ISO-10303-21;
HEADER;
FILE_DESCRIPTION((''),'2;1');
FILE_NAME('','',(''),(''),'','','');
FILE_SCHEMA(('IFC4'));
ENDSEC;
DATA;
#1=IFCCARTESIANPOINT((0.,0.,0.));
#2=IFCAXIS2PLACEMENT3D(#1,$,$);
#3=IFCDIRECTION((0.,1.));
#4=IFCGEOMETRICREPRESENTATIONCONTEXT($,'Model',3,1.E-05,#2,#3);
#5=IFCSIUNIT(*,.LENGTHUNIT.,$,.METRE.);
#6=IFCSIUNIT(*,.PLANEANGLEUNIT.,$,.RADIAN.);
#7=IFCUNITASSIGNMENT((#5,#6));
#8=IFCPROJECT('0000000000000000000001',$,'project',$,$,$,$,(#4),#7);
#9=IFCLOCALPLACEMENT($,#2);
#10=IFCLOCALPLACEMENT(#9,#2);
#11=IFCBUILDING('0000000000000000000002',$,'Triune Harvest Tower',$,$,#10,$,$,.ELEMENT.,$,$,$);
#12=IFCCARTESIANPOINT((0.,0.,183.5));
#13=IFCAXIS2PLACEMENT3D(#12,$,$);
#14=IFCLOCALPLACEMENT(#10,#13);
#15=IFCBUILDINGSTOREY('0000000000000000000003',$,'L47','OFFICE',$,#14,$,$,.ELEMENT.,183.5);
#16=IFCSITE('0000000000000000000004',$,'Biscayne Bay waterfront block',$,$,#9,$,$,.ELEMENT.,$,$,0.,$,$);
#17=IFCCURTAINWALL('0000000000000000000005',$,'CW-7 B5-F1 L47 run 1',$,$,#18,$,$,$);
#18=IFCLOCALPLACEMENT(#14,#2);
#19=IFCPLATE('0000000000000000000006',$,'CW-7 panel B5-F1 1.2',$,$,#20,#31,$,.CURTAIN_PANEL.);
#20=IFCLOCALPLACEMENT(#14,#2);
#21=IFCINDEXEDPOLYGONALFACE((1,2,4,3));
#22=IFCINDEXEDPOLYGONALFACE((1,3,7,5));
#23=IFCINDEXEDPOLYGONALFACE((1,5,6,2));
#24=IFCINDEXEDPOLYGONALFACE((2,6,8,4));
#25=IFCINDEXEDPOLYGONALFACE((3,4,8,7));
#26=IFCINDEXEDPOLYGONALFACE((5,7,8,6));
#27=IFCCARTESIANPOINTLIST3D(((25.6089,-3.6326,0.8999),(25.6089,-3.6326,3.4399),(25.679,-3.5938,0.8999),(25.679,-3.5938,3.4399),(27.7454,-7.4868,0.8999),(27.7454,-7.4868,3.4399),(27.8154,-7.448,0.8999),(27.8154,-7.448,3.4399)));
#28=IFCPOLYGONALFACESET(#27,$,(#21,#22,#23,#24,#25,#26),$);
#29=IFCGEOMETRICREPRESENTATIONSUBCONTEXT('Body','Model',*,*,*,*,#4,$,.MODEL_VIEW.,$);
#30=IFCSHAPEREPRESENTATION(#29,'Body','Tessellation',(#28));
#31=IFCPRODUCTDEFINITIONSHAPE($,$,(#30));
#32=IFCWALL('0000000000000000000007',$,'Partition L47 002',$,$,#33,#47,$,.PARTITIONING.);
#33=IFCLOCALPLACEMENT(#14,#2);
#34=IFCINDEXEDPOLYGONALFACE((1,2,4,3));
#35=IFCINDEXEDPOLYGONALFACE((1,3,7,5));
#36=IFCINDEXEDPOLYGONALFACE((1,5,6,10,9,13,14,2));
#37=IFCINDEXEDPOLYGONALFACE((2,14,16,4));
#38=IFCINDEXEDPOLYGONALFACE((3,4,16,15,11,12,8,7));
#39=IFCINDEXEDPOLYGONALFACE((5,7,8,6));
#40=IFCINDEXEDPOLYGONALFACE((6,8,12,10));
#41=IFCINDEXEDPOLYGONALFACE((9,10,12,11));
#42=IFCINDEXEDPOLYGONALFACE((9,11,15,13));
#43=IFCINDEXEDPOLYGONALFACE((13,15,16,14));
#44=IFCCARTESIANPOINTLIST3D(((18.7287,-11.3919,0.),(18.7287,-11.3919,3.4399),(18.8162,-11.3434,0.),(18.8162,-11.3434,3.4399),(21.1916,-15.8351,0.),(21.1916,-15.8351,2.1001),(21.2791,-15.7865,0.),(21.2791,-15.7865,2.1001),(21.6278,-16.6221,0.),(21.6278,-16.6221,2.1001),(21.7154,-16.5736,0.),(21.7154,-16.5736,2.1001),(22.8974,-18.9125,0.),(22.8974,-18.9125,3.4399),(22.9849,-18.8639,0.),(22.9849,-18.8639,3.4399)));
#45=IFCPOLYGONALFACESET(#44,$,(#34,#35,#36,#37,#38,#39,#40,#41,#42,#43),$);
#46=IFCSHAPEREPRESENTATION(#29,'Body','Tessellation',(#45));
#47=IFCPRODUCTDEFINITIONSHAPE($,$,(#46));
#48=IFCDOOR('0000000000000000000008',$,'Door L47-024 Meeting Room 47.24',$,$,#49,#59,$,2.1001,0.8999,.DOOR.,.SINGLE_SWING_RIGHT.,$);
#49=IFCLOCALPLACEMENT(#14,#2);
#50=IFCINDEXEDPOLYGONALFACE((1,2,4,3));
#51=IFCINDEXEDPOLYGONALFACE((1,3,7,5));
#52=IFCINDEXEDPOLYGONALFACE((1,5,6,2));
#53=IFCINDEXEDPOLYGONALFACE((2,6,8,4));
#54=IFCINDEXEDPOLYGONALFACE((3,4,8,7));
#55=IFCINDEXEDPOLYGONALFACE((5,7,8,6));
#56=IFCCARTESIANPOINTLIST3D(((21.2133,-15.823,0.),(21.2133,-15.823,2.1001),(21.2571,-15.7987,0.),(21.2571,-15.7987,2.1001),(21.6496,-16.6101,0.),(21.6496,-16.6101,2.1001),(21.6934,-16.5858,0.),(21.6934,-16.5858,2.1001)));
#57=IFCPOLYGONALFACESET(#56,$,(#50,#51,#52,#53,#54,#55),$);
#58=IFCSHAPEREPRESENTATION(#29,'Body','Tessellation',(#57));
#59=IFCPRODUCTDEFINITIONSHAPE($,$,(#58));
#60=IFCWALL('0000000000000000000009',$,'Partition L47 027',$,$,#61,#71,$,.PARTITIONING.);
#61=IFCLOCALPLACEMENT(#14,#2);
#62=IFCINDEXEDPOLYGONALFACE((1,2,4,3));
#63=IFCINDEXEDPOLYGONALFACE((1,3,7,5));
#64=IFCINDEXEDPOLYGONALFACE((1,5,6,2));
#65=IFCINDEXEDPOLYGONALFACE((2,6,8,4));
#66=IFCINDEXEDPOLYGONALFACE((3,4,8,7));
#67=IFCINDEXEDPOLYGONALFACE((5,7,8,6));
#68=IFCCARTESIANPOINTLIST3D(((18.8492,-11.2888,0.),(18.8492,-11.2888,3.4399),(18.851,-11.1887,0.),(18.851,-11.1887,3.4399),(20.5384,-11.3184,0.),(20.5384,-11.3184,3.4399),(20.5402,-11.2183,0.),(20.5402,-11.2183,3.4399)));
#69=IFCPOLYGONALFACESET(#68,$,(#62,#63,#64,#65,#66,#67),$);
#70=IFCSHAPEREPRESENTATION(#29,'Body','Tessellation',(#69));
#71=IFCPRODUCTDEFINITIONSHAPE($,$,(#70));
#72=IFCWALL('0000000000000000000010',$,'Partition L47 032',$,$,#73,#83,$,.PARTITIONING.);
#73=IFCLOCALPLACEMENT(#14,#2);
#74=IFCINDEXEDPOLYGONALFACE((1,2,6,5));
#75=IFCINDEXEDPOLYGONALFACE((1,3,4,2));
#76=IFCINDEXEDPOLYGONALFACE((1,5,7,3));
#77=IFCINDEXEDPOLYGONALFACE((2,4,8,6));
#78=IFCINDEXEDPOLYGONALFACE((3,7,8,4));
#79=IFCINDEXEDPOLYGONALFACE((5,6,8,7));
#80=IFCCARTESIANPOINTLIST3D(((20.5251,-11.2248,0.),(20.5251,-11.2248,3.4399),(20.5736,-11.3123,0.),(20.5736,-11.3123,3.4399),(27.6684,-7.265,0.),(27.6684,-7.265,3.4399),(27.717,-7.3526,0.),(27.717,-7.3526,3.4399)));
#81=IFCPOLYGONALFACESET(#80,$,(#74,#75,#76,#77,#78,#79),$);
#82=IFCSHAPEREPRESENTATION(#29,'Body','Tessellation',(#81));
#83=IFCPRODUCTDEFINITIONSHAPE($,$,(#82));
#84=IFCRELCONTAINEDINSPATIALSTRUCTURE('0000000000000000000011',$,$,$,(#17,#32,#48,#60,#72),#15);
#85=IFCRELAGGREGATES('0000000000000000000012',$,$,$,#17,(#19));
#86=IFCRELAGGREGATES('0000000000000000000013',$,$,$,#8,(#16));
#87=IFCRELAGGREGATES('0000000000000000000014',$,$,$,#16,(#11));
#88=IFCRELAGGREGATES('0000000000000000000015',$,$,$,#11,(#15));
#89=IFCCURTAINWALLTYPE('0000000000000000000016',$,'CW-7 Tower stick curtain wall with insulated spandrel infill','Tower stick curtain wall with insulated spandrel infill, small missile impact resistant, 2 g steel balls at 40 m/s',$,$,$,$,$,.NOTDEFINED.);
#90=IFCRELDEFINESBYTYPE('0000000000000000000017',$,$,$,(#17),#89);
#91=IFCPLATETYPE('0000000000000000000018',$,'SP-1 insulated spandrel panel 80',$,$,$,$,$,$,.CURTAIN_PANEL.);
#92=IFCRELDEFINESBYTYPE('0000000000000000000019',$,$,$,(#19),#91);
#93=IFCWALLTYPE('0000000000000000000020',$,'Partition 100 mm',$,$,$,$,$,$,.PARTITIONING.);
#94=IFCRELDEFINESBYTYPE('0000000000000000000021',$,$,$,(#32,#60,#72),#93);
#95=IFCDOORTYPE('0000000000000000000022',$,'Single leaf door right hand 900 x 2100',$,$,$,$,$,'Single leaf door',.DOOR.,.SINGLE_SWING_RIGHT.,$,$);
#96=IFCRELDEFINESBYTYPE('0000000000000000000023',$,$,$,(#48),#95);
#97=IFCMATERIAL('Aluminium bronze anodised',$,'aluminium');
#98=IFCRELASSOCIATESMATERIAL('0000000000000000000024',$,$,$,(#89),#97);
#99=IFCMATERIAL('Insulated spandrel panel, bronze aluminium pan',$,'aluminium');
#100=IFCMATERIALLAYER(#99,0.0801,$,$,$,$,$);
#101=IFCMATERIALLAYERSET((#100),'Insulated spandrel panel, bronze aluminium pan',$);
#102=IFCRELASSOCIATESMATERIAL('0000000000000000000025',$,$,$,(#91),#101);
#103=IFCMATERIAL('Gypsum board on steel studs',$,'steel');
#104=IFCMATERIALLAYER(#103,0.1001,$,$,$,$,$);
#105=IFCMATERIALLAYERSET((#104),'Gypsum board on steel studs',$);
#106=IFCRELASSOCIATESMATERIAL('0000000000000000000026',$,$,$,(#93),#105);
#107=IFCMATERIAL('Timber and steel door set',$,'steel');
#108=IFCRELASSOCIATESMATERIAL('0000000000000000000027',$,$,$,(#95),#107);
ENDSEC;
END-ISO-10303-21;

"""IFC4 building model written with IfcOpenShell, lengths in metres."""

from ifc_helpers import new_model, si_unit, direction, frame, frame_2d, origin, origin_2d, place, context, subcontext, project, spatial, rectangle, extrude, source, transform, mapped, material, layer, layer_set, type_object, element, fill, aggregate, save


model = new_model("IFC4")

# Units and contexts
model_context = context("Model", 3, precision=1e-05, world=origin(), true_north=direction((0.0, 1.0)))
body_context = subcontext(model_context, "Body", "Model", "MODEL_VIEW")
ifc_project = project(units=[si_unit("LENGTHUNIT", "METRE"), si_unit("PLANEANGLEUNIT", "RADIAN")], contexts=[model_context])

# Site, building, storey
site_placement = place(None, origin())
site = spatial("IfcSite", under=ifc_project, at=site_placement, Name="Biscayne Bay waterfront block", CompositionType="ELEMENT", RefElevation=0.0)
building_placement = place(site_placement, origin())
building = spatial("IfcBuilding", under=site, at=building_placement, Name="Triune Harvest Tower", CompositionType="ELEMENT")
storey_placement = place(building_placement, frame((0.0, 0.0, 183.5)))
storey = spatial("IfcBuildingStorey", under=building, at=storey_placement, Name="L47", Description="OFFICE", CompositionType="ELEMENT", Elevation=183.5)

# Curtain wall
ifc_material_1 = material(Name="Aluminium bronze anodised", Category="aluminium")
curtain_wall_type_1 = type_object("IfcCurtainWallType", Name="CW-7 Tower stick curtain wall with insulated spandrel infill", Description="Tower stick curtain wall with insulated spandrel infill, small missile impact resistant, 2 g steel balls at 40 m/s", PredefinedType="NOTDEFINED", material=ifc_material_1)
curtain_wall_1_placement = place(storey_placement, origin())
curtain_wall_1 = element("IfcCurtainWall", 1, at=curtain_wall_1_placement, inside=storey, type_object=curtain_wall_type_1, Name="CW-7 B5-F1 L47 run 1")

# Plate
ifc_material_2 = material(Name="Insulated spandrel panel, bronze aluminium pan", Category="aluminium")
ifc_layer_1 = layer(ifc_material_2, 0.0801)
ifc_layer_set_1 = layer_set([ifc_layer_1], Name="Insulated spandrel panel, bronze aluminium pan")
plate_type_1 = type_object("IfcPlateType", Name="SP-1 insulated spandrel panel 80", PredefinedType="CURTAIN_PANEL", material=ifc_layer_set_1)
shared_shape_1 = source(origin(), body_context, "Body", "SweptSolid", [
    extrude(rectangle(XDim=4.4067, YDim=0.0801, at=origin_2d()), origin(), (0.0, 0.0, 1.0), 2.54),
])
plate_1_placement = place(storey_placement, frame((26.7122, -5.5403, 0.8999), z_axis=(0.0, 0.0, 1.0), x_axis=(-0.484808, 0.87462, 0.0)))
plate_1 = element("IfcPlate", 2, at=plate_1_placement, type_object=plate_type_1, Name="CW-7 panel B5-F1 1.2", PredefinedType="CURTAIN_PANEL", context=body_context, shape_type="MappedRepresentation", body=[
    mapped(shared_shape_1, transform((0.0, 0.0, 0.0), scale=1.0)),
])
aggregate(curtain_wall_1, [plate_1])

# Wall, opening, door
ifc_material_3 = material(Name="Gypsum board on steel studs", Category="steel")
ifc_layer_2 = layer(ifc_material_3, 0.1001)
ifc_layer_set_2 = layer_set([ifc_layer_2], Name="Gypsum board on steel studs")
wall_type = type_object("IfcWallType", Name="Partition 100 mm", PredefinedType="PARTITIONING", material=ifc_layer_set_2)
wall_1_placement = place(storey_placement, frame((18.7725, -11.3677, 0.0), z_axis=(0.0, 0.0, 1.0), x_axis=(0.484811, -0.874619, 0.0)))
wall_1 = element("IfcWall", 3, at=wall_1_placement, inside=storey, type_object=wall_type, Name="Partition L47 002", PredefinedType="PARTITIONING", context=body_context, shape_type="SweptSolid", body=[
    extrude(rectangle(XDim=8.5986, YDim=0.1001, at=frame_2d((4.2993, 0.0))), origin(), (0.0, 0.0, 1.0), 3.4399),
])
opening_placement = place(wall_1_placement, frame((5.0801, 0.0, 0.0)))
opening = element("IfcOpeningElement", 4, at=opening_placement, cuts=wall_1, PredefinedType="OPENING", context=body_context, shape_type="SweptSolid", body=[
    extrude(rectangle(XDim=0.8999, YDim=2.1001, at=frame_2d((0.45, 1.05))), frame((0.0, 0.0601, 0.0), z_axis=(0.0, -1.0, 0.0), x_axis=(1.0, 0.0, 0.0)), (0.0, 0.0, 1.0), 0.1201),
])
ifc_material_4 = material(Name="Timber and steel door set", Category="steel")
door_type = type_object("IfcDoorType", Name="Single leaf door right hand 900 x 2100", ElementType="Single leaf door", OperationType="SINGLE_SWING_RIGHT", PredefinedType="DOOR", material=ifc_material_4)
door_placement = place(opening_placement, origin())
door = element("IfcDoor", 5, at=door_placement, inside=storey, type_object=door_type, Name="Door L47-024 Meeting Room 47.24", OperationType="SINGLE_SWING_RIGHT", OverallHeight=2.1001, OverallWidth=0.8999, PredefinedType="DOOR", context=body_context, shape_type="SweptSolid", body=[
    extrude(rectangle(XDim=0.8999, YDim=2.1001, at=frame_2d((0.45, 1.05))), frame((0.0, 0.0249, 0.0), z_axis=(0.0, -1.0, 0.0), x_axis=(1.0, 0.0, 0.0)), (0.0, 0.0, 1.0), 0.05),
])
fill(opening, door)

# Walls
wall_2_placement = place(storey_placement, frame((18.8501, -11.2388, 0.0), z_axis=(0.0, 0.0, 1.0), x_axis=(0.999847, -0.017485, 0.0)))
element("IfcWall", 6, at=wall_2_placement, inside=storey, type_object=wall_type, Name="Partition L47 027", PredefinedType="PARTITIONING", context=body_context, shape_type="SweptSolid", body=[
    extrude(rectangle(XDim=1.6895, YDim=0.1001, at=frame_2d((0.8447, 0.0))), origin(), (0.0, 0.0, 1.0), 3.4399),
])
shared_shape_2 = source(origin(), body_context, "Body", "SweptSolid", [
    extrude(rectangle(XDim=8.1675, YDim=0.1001, at=frame_2d((4.0837, 0.0))), origin(), (0.0, 0.0, 1.0), 3.4399),
])
wall_3_placement = place(storey_placement, frame((20.5493, -11.2686, 0.0), z_axis=(0.0, 0.0, 1.0), x_axis=(0.874614, 0.48482, 0.0)))
element("IfcWall", 7, at=wall_3_placement, inside=storey, type_object=wall_type, Name="Partition L47 032", PredefinedType="PARTITIONING", context=body_context, shape_type="MappedRepresentation", body=[
    mapped(shared_shape_2, transform((0.0, 0.0, 0.0), scale=1.0)),
])

save(model, "model.ifc")
